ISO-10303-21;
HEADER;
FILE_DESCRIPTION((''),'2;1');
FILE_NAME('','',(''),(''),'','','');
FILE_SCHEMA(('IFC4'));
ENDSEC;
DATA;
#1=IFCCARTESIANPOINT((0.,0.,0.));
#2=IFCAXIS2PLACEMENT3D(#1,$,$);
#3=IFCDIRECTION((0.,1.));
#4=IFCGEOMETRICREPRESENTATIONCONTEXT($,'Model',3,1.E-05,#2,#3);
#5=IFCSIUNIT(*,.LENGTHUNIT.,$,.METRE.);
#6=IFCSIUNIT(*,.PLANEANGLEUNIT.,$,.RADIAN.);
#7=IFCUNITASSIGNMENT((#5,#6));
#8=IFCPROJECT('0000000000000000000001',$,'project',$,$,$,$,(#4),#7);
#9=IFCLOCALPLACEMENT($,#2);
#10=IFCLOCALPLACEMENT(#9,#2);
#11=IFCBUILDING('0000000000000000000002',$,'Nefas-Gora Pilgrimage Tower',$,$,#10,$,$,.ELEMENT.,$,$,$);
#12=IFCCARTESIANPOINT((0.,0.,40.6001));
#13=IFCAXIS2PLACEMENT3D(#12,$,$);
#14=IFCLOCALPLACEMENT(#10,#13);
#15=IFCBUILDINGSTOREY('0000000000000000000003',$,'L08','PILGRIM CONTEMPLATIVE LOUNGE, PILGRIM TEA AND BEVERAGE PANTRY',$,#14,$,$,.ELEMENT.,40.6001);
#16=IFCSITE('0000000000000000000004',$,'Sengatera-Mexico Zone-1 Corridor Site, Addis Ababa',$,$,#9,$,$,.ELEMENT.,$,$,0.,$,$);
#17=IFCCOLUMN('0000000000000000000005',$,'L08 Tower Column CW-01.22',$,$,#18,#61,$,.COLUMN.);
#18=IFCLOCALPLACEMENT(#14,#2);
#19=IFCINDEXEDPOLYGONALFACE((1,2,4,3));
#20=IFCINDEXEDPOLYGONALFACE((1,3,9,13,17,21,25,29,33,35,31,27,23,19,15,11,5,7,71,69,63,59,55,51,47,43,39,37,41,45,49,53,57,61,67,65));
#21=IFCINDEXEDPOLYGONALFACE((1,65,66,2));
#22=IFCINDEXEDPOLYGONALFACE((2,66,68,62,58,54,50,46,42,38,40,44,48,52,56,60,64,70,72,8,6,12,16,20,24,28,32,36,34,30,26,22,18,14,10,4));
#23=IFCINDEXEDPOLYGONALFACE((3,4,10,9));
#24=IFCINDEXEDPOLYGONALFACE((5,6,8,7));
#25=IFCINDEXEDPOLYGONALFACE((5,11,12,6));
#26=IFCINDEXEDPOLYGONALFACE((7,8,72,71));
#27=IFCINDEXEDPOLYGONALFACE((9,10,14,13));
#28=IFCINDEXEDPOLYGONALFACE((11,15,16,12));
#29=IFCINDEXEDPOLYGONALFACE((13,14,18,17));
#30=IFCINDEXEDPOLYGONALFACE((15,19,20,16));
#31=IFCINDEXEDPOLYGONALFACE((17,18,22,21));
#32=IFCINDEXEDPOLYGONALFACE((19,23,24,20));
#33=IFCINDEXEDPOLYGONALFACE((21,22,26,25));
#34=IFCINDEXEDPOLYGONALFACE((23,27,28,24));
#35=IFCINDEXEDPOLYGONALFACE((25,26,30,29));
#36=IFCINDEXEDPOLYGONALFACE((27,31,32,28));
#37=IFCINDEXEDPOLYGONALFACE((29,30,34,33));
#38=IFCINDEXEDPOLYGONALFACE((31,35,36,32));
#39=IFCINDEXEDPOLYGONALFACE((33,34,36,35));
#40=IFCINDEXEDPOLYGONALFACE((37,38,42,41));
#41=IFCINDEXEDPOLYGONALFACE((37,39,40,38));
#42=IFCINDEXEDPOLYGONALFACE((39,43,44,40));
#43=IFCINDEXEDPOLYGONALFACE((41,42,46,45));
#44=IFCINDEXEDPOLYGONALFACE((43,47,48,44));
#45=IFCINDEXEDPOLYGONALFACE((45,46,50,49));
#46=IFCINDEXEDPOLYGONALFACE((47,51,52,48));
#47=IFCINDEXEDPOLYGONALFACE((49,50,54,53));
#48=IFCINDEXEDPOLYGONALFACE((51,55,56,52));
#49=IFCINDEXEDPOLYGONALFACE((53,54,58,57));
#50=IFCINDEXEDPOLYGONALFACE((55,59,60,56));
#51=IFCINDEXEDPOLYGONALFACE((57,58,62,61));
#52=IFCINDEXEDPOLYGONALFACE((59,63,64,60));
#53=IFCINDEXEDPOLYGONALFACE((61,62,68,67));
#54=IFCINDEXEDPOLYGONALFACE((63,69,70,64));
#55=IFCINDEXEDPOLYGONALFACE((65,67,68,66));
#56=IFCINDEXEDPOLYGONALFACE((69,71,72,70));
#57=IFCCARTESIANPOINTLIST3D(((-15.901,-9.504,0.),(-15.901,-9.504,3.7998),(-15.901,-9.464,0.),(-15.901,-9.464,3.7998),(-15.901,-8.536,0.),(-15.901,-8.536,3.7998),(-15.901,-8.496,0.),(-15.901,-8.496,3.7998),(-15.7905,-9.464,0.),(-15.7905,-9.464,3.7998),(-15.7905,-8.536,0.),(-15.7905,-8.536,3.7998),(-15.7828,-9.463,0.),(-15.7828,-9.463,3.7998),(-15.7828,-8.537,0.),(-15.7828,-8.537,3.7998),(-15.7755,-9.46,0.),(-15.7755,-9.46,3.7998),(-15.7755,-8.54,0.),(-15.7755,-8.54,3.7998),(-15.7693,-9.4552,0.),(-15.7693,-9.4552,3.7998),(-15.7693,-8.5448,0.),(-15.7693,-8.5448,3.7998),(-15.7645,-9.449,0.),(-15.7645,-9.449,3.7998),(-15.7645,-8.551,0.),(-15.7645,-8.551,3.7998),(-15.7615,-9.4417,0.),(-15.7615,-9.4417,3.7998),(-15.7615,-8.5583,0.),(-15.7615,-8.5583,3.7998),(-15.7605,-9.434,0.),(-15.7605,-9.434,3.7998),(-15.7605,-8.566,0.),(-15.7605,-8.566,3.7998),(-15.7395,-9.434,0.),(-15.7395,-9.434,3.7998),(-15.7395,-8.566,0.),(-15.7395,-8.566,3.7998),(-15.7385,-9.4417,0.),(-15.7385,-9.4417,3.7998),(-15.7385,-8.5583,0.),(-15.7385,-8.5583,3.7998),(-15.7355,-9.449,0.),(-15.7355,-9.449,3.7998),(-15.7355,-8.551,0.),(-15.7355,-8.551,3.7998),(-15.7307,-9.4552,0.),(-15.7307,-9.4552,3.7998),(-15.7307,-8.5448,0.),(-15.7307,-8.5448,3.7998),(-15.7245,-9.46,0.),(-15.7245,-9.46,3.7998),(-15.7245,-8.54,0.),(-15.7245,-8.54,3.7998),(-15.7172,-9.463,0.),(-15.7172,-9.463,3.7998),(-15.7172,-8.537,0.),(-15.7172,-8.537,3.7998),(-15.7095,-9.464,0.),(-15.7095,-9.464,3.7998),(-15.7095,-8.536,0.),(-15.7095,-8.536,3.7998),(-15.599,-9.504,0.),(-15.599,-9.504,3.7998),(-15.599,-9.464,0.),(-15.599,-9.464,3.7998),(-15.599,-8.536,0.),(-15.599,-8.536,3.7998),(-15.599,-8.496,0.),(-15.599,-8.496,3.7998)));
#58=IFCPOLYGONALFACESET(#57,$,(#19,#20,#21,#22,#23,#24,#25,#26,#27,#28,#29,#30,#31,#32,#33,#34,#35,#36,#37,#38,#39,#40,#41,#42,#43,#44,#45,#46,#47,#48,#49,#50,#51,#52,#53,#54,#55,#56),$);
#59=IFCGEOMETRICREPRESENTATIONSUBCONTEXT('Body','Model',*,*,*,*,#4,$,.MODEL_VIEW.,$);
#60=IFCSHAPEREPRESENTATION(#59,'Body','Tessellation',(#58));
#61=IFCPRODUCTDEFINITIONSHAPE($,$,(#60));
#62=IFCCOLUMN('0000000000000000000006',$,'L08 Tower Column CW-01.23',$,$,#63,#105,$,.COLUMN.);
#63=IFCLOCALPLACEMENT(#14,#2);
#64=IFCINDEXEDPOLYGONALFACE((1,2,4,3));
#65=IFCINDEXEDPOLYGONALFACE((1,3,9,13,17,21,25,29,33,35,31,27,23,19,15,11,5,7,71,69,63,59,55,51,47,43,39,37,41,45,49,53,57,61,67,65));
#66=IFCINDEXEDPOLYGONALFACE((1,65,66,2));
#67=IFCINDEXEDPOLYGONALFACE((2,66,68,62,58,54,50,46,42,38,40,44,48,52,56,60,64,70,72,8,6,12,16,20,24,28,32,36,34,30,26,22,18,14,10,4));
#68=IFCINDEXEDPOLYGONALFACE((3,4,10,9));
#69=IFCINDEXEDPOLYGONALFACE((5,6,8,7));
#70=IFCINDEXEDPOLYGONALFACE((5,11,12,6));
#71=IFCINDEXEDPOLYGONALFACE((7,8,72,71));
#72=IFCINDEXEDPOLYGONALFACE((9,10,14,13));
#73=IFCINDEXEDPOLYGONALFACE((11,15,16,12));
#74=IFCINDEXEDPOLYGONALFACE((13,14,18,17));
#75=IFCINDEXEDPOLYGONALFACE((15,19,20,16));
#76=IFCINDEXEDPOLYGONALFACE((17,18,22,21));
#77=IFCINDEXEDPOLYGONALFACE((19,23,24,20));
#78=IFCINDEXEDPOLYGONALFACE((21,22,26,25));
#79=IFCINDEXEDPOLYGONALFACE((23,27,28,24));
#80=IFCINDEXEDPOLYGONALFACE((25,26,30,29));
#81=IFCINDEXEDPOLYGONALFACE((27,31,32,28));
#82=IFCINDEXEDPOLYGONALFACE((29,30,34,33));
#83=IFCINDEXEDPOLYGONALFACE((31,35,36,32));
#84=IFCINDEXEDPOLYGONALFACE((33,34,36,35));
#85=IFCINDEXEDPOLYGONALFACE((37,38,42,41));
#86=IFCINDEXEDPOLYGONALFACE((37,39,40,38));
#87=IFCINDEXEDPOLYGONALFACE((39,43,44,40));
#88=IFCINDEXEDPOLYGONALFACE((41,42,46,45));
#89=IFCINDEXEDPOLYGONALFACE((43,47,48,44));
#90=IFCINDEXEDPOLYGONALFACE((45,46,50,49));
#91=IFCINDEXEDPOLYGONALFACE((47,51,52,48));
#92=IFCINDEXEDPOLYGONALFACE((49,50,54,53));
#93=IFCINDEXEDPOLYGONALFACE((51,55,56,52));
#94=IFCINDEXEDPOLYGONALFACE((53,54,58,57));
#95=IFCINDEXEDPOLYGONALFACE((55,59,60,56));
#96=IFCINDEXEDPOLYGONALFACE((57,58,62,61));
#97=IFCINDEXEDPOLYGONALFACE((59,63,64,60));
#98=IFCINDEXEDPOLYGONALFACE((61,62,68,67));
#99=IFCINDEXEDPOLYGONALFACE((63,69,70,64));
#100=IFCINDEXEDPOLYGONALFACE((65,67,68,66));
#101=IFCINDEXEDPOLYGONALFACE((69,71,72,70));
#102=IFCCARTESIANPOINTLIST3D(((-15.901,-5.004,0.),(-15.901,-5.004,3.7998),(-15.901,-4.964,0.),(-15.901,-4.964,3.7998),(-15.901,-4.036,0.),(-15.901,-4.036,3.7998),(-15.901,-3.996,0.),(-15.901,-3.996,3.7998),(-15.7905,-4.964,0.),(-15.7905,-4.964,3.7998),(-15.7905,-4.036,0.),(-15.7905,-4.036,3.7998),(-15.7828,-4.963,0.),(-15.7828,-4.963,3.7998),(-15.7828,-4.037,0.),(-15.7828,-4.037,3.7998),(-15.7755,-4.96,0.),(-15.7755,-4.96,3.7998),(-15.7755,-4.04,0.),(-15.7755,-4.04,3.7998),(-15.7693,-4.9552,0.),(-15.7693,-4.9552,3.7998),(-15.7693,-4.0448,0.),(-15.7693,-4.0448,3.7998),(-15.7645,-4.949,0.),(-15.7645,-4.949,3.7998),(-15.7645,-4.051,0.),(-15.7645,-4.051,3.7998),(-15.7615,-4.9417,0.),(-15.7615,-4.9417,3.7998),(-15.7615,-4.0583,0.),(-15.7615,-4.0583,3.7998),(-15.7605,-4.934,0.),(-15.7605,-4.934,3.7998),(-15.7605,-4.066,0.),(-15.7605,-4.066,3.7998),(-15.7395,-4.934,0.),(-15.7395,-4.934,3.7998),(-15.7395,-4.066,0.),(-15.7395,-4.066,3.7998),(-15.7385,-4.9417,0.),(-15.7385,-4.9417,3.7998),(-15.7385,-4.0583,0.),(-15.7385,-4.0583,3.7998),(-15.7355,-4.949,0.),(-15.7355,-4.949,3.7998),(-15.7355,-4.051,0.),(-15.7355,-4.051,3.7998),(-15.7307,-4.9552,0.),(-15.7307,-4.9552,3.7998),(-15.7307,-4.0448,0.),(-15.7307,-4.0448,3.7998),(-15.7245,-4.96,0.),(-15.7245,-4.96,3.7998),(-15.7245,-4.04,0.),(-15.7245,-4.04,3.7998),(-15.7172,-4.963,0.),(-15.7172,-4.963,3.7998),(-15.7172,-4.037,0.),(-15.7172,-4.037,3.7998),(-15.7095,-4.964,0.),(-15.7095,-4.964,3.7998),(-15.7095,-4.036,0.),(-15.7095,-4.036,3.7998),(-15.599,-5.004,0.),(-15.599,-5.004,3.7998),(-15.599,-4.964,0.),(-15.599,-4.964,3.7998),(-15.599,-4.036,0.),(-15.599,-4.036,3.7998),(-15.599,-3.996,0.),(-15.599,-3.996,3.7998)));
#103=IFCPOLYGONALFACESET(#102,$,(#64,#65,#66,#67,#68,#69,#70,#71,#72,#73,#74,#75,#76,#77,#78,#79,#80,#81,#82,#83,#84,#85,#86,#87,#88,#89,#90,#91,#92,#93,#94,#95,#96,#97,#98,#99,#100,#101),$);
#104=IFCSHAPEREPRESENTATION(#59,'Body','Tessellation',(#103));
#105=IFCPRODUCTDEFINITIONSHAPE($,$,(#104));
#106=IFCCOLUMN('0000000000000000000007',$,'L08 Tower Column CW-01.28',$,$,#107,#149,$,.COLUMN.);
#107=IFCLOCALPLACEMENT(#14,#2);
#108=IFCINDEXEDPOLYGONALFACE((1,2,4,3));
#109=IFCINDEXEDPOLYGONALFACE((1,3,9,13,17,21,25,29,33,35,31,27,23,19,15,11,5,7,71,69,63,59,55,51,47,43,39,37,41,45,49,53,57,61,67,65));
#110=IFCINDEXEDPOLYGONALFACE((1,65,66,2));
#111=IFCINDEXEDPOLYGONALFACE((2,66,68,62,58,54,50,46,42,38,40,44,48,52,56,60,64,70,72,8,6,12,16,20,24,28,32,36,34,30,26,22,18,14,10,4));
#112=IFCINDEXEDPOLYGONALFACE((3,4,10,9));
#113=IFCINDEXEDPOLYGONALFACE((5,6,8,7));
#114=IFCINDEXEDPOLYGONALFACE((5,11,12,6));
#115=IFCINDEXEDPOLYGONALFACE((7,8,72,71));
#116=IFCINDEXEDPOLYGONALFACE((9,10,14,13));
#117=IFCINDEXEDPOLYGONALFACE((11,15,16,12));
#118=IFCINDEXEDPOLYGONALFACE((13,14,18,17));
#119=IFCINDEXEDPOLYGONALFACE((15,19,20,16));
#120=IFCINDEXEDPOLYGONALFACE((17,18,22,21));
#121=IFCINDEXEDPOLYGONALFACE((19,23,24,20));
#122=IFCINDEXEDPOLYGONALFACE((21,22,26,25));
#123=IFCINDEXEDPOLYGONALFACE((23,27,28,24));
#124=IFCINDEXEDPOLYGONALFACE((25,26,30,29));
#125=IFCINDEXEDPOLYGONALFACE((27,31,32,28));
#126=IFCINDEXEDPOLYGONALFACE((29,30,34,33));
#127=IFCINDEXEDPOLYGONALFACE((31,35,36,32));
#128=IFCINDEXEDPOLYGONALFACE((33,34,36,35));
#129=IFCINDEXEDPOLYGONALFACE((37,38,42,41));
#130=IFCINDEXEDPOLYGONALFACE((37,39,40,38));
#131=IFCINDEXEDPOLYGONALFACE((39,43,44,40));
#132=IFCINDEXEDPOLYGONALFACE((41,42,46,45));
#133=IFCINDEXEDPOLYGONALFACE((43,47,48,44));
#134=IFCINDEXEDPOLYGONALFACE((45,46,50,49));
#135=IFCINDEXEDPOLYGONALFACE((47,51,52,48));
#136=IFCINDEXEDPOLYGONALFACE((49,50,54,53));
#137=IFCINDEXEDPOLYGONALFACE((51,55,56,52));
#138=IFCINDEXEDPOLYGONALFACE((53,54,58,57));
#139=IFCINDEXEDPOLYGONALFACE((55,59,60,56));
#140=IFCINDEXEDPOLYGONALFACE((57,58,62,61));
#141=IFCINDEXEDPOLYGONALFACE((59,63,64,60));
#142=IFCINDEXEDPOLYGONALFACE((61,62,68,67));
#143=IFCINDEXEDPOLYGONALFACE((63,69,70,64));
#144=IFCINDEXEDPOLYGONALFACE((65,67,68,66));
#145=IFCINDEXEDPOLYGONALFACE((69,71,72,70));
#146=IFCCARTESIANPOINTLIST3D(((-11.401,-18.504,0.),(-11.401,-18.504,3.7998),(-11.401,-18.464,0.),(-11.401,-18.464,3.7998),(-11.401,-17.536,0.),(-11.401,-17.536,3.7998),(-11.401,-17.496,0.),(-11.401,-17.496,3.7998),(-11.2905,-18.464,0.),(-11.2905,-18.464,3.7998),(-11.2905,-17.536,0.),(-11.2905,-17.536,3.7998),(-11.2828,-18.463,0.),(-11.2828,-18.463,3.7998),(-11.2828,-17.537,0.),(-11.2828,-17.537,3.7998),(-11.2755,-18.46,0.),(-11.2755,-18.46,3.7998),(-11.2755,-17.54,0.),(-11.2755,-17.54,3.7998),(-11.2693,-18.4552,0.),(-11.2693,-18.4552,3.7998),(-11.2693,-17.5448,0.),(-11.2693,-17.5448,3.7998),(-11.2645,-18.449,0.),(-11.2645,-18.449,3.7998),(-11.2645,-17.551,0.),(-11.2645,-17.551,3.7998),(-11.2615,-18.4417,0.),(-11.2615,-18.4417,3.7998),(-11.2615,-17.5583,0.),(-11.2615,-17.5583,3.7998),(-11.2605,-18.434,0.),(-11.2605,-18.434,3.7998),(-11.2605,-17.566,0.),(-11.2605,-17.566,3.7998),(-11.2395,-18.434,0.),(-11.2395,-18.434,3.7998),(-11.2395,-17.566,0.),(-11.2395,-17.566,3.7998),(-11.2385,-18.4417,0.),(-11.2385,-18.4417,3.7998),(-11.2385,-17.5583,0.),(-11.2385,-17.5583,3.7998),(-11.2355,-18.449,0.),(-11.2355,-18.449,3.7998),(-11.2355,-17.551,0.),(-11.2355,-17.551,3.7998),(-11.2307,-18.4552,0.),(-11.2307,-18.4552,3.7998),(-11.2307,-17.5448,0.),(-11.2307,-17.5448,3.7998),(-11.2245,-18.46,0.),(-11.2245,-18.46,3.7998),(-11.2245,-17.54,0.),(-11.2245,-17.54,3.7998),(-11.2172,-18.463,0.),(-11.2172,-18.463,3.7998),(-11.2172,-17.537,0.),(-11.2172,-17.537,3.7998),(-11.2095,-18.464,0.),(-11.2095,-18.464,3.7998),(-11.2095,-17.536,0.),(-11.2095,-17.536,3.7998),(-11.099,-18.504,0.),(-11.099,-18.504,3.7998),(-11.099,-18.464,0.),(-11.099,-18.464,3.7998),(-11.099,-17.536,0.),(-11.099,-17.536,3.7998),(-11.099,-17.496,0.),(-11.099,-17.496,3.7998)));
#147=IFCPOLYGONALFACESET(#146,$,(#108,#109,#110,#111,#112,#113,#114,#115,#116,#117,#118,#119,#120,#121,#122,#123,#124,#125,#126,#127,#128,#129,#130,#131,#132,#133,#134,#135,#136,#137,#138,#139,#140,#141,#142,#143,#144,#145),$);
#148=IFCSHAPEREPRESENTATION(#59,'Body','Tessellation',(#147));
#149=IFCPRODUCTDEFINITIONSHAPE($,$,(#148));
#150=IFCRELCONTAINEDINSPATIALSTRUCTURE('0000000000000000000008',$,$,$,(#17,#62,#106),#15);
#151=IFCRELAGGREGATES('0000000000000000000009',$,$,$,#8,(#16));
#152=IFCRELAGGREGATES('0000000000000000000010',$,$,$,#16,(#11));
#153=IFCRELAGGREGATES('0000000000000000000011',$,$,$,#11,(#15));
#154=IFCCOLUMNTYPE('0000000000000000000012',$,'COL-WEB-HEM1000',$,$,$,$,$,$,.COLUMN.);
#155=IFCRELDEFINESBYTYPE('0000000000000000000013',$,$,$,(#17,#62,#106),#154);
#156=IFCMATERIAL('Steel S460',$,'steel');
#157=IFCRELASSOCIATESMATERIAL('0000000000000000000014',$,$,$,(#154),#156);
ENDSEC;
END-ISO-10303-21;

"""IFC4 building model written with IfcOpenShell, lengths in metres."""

from ifc_helpers import new_model, si_unit, direction, frame, origin, origin_2d, place, context, subcontext, project, spatial, i_section, extrude, source, transform, mapped, material, material_profile, profile_set, type_object, element, save


model = new_model("IFC4")

# Units and contexts
model_context = context("Model", 3, precision=1e-05, world=origin(), true_north=direction((0.0, 1.0)))
body_context = subcontext(model_context, "Body", "Model", "MODEL_VIEW")
ifc_project = project(units=[si_unit("LENGTHUNIT", "METRE"), si_unit("PLANEANGLEUNIT", "RADIAN")], contexts=[model_context])

# Site, building, storey
site_placement = place(None, origin())
site = spatial("IfcSite", under=ifc_project, at=site_placement, Name="Sengatera-Mexico Zone-1 Corridor Site, Addis Ababa", CompositionType="ELEMENT", RefElevation=0.0)
building_placement = place(site_placement, origin())
building = spatial("IfcBuilding", under=site, at=building_placement, Name="Nefas-Gora Pilgrimage Tower", CompositionType="ELEMENT")
storey_placement = place(building_placement, frame((0.0, 0.0, 40.6001)))
storey = spatial("IfcBuildingStorey", under=building, at=storey_placement, Name="L08", Description="PILGRIM CONTEMPLATIVE LOUNGE, PILGRIM TEA AND BEVERAGE PANTRY", CompositionType="ELEMENT", Elevation=40.6001)

# Columns
ifc_material_1 = material(Name="Steel S460", Category="steel")
ifc_material_profile_1 = material_profile(ifc_material_1, i_section(OverallWidth=0.302, OverallDepth=1.0081, WebThickness=0.021, FlangeThickness=0.04, FilletRadius=0.03, at=origin_2d()), Name="HEM 1000")
ifc_profile_set_1 = profile_set([ifc_material_profile_1], Name="Steel S460")
column_type_1 = type_object("IfcColumnType", Name="COL-WEB-HEM1000", PredefinedType="COLUMN", material=ifc_profile_set_1)
shared_shape_1 = source(origin(), body_context, "Body", "SweptSolid", [
    extrude(i_section(OverallWidth=0.302, OverallDepth=1.0081, WebThickness=0.021, FlangeThickness=0.04, FilletRadius=0.03, at=origin_2d()), origin(), (0.0, 0.0, 1.0), 3.7998),
])
for number, where, z_axis, x_axis, name in (
    (1, (-15.75, -9.0, 0.0), (0.0, 0.0, 1.0), (1.0, 0.0, 0.0), "L08 Tower Column CW-01.22"),
    (2, (-15.75, -4.5, 0.0), (0.0, 0.0, 1.0), (1.0, 0.0, 0.0), "L08 Tower Column CW-01.23"),
    (3, (-11.25, -18.0, 0.0), (0.0, 0.0, 1.0), (1.0, 0.0, 0.0), "L08 Tower Column CW-01.28"),
):
    element("IfcColumn", number, at=place(storey_placement, frame(where, z_axis=z_axis, x_axis=x_axis)), inside=storey, type_object=column_type_1, Name=name, PredefinedType="COLUMN", context=body_context, shape_type="MappedRepresentation", body=[
        mapped(shared_shape_1, transform((0.0, 0.0, 0.0), x_axis=(1.0, 0.0, 0.0), y_axis=(0.0, 1.0, 0.0), z_axis=(0.0, 0.0, 1.0), scale=1.0)),
    ])

save(model, "model.ifc")
